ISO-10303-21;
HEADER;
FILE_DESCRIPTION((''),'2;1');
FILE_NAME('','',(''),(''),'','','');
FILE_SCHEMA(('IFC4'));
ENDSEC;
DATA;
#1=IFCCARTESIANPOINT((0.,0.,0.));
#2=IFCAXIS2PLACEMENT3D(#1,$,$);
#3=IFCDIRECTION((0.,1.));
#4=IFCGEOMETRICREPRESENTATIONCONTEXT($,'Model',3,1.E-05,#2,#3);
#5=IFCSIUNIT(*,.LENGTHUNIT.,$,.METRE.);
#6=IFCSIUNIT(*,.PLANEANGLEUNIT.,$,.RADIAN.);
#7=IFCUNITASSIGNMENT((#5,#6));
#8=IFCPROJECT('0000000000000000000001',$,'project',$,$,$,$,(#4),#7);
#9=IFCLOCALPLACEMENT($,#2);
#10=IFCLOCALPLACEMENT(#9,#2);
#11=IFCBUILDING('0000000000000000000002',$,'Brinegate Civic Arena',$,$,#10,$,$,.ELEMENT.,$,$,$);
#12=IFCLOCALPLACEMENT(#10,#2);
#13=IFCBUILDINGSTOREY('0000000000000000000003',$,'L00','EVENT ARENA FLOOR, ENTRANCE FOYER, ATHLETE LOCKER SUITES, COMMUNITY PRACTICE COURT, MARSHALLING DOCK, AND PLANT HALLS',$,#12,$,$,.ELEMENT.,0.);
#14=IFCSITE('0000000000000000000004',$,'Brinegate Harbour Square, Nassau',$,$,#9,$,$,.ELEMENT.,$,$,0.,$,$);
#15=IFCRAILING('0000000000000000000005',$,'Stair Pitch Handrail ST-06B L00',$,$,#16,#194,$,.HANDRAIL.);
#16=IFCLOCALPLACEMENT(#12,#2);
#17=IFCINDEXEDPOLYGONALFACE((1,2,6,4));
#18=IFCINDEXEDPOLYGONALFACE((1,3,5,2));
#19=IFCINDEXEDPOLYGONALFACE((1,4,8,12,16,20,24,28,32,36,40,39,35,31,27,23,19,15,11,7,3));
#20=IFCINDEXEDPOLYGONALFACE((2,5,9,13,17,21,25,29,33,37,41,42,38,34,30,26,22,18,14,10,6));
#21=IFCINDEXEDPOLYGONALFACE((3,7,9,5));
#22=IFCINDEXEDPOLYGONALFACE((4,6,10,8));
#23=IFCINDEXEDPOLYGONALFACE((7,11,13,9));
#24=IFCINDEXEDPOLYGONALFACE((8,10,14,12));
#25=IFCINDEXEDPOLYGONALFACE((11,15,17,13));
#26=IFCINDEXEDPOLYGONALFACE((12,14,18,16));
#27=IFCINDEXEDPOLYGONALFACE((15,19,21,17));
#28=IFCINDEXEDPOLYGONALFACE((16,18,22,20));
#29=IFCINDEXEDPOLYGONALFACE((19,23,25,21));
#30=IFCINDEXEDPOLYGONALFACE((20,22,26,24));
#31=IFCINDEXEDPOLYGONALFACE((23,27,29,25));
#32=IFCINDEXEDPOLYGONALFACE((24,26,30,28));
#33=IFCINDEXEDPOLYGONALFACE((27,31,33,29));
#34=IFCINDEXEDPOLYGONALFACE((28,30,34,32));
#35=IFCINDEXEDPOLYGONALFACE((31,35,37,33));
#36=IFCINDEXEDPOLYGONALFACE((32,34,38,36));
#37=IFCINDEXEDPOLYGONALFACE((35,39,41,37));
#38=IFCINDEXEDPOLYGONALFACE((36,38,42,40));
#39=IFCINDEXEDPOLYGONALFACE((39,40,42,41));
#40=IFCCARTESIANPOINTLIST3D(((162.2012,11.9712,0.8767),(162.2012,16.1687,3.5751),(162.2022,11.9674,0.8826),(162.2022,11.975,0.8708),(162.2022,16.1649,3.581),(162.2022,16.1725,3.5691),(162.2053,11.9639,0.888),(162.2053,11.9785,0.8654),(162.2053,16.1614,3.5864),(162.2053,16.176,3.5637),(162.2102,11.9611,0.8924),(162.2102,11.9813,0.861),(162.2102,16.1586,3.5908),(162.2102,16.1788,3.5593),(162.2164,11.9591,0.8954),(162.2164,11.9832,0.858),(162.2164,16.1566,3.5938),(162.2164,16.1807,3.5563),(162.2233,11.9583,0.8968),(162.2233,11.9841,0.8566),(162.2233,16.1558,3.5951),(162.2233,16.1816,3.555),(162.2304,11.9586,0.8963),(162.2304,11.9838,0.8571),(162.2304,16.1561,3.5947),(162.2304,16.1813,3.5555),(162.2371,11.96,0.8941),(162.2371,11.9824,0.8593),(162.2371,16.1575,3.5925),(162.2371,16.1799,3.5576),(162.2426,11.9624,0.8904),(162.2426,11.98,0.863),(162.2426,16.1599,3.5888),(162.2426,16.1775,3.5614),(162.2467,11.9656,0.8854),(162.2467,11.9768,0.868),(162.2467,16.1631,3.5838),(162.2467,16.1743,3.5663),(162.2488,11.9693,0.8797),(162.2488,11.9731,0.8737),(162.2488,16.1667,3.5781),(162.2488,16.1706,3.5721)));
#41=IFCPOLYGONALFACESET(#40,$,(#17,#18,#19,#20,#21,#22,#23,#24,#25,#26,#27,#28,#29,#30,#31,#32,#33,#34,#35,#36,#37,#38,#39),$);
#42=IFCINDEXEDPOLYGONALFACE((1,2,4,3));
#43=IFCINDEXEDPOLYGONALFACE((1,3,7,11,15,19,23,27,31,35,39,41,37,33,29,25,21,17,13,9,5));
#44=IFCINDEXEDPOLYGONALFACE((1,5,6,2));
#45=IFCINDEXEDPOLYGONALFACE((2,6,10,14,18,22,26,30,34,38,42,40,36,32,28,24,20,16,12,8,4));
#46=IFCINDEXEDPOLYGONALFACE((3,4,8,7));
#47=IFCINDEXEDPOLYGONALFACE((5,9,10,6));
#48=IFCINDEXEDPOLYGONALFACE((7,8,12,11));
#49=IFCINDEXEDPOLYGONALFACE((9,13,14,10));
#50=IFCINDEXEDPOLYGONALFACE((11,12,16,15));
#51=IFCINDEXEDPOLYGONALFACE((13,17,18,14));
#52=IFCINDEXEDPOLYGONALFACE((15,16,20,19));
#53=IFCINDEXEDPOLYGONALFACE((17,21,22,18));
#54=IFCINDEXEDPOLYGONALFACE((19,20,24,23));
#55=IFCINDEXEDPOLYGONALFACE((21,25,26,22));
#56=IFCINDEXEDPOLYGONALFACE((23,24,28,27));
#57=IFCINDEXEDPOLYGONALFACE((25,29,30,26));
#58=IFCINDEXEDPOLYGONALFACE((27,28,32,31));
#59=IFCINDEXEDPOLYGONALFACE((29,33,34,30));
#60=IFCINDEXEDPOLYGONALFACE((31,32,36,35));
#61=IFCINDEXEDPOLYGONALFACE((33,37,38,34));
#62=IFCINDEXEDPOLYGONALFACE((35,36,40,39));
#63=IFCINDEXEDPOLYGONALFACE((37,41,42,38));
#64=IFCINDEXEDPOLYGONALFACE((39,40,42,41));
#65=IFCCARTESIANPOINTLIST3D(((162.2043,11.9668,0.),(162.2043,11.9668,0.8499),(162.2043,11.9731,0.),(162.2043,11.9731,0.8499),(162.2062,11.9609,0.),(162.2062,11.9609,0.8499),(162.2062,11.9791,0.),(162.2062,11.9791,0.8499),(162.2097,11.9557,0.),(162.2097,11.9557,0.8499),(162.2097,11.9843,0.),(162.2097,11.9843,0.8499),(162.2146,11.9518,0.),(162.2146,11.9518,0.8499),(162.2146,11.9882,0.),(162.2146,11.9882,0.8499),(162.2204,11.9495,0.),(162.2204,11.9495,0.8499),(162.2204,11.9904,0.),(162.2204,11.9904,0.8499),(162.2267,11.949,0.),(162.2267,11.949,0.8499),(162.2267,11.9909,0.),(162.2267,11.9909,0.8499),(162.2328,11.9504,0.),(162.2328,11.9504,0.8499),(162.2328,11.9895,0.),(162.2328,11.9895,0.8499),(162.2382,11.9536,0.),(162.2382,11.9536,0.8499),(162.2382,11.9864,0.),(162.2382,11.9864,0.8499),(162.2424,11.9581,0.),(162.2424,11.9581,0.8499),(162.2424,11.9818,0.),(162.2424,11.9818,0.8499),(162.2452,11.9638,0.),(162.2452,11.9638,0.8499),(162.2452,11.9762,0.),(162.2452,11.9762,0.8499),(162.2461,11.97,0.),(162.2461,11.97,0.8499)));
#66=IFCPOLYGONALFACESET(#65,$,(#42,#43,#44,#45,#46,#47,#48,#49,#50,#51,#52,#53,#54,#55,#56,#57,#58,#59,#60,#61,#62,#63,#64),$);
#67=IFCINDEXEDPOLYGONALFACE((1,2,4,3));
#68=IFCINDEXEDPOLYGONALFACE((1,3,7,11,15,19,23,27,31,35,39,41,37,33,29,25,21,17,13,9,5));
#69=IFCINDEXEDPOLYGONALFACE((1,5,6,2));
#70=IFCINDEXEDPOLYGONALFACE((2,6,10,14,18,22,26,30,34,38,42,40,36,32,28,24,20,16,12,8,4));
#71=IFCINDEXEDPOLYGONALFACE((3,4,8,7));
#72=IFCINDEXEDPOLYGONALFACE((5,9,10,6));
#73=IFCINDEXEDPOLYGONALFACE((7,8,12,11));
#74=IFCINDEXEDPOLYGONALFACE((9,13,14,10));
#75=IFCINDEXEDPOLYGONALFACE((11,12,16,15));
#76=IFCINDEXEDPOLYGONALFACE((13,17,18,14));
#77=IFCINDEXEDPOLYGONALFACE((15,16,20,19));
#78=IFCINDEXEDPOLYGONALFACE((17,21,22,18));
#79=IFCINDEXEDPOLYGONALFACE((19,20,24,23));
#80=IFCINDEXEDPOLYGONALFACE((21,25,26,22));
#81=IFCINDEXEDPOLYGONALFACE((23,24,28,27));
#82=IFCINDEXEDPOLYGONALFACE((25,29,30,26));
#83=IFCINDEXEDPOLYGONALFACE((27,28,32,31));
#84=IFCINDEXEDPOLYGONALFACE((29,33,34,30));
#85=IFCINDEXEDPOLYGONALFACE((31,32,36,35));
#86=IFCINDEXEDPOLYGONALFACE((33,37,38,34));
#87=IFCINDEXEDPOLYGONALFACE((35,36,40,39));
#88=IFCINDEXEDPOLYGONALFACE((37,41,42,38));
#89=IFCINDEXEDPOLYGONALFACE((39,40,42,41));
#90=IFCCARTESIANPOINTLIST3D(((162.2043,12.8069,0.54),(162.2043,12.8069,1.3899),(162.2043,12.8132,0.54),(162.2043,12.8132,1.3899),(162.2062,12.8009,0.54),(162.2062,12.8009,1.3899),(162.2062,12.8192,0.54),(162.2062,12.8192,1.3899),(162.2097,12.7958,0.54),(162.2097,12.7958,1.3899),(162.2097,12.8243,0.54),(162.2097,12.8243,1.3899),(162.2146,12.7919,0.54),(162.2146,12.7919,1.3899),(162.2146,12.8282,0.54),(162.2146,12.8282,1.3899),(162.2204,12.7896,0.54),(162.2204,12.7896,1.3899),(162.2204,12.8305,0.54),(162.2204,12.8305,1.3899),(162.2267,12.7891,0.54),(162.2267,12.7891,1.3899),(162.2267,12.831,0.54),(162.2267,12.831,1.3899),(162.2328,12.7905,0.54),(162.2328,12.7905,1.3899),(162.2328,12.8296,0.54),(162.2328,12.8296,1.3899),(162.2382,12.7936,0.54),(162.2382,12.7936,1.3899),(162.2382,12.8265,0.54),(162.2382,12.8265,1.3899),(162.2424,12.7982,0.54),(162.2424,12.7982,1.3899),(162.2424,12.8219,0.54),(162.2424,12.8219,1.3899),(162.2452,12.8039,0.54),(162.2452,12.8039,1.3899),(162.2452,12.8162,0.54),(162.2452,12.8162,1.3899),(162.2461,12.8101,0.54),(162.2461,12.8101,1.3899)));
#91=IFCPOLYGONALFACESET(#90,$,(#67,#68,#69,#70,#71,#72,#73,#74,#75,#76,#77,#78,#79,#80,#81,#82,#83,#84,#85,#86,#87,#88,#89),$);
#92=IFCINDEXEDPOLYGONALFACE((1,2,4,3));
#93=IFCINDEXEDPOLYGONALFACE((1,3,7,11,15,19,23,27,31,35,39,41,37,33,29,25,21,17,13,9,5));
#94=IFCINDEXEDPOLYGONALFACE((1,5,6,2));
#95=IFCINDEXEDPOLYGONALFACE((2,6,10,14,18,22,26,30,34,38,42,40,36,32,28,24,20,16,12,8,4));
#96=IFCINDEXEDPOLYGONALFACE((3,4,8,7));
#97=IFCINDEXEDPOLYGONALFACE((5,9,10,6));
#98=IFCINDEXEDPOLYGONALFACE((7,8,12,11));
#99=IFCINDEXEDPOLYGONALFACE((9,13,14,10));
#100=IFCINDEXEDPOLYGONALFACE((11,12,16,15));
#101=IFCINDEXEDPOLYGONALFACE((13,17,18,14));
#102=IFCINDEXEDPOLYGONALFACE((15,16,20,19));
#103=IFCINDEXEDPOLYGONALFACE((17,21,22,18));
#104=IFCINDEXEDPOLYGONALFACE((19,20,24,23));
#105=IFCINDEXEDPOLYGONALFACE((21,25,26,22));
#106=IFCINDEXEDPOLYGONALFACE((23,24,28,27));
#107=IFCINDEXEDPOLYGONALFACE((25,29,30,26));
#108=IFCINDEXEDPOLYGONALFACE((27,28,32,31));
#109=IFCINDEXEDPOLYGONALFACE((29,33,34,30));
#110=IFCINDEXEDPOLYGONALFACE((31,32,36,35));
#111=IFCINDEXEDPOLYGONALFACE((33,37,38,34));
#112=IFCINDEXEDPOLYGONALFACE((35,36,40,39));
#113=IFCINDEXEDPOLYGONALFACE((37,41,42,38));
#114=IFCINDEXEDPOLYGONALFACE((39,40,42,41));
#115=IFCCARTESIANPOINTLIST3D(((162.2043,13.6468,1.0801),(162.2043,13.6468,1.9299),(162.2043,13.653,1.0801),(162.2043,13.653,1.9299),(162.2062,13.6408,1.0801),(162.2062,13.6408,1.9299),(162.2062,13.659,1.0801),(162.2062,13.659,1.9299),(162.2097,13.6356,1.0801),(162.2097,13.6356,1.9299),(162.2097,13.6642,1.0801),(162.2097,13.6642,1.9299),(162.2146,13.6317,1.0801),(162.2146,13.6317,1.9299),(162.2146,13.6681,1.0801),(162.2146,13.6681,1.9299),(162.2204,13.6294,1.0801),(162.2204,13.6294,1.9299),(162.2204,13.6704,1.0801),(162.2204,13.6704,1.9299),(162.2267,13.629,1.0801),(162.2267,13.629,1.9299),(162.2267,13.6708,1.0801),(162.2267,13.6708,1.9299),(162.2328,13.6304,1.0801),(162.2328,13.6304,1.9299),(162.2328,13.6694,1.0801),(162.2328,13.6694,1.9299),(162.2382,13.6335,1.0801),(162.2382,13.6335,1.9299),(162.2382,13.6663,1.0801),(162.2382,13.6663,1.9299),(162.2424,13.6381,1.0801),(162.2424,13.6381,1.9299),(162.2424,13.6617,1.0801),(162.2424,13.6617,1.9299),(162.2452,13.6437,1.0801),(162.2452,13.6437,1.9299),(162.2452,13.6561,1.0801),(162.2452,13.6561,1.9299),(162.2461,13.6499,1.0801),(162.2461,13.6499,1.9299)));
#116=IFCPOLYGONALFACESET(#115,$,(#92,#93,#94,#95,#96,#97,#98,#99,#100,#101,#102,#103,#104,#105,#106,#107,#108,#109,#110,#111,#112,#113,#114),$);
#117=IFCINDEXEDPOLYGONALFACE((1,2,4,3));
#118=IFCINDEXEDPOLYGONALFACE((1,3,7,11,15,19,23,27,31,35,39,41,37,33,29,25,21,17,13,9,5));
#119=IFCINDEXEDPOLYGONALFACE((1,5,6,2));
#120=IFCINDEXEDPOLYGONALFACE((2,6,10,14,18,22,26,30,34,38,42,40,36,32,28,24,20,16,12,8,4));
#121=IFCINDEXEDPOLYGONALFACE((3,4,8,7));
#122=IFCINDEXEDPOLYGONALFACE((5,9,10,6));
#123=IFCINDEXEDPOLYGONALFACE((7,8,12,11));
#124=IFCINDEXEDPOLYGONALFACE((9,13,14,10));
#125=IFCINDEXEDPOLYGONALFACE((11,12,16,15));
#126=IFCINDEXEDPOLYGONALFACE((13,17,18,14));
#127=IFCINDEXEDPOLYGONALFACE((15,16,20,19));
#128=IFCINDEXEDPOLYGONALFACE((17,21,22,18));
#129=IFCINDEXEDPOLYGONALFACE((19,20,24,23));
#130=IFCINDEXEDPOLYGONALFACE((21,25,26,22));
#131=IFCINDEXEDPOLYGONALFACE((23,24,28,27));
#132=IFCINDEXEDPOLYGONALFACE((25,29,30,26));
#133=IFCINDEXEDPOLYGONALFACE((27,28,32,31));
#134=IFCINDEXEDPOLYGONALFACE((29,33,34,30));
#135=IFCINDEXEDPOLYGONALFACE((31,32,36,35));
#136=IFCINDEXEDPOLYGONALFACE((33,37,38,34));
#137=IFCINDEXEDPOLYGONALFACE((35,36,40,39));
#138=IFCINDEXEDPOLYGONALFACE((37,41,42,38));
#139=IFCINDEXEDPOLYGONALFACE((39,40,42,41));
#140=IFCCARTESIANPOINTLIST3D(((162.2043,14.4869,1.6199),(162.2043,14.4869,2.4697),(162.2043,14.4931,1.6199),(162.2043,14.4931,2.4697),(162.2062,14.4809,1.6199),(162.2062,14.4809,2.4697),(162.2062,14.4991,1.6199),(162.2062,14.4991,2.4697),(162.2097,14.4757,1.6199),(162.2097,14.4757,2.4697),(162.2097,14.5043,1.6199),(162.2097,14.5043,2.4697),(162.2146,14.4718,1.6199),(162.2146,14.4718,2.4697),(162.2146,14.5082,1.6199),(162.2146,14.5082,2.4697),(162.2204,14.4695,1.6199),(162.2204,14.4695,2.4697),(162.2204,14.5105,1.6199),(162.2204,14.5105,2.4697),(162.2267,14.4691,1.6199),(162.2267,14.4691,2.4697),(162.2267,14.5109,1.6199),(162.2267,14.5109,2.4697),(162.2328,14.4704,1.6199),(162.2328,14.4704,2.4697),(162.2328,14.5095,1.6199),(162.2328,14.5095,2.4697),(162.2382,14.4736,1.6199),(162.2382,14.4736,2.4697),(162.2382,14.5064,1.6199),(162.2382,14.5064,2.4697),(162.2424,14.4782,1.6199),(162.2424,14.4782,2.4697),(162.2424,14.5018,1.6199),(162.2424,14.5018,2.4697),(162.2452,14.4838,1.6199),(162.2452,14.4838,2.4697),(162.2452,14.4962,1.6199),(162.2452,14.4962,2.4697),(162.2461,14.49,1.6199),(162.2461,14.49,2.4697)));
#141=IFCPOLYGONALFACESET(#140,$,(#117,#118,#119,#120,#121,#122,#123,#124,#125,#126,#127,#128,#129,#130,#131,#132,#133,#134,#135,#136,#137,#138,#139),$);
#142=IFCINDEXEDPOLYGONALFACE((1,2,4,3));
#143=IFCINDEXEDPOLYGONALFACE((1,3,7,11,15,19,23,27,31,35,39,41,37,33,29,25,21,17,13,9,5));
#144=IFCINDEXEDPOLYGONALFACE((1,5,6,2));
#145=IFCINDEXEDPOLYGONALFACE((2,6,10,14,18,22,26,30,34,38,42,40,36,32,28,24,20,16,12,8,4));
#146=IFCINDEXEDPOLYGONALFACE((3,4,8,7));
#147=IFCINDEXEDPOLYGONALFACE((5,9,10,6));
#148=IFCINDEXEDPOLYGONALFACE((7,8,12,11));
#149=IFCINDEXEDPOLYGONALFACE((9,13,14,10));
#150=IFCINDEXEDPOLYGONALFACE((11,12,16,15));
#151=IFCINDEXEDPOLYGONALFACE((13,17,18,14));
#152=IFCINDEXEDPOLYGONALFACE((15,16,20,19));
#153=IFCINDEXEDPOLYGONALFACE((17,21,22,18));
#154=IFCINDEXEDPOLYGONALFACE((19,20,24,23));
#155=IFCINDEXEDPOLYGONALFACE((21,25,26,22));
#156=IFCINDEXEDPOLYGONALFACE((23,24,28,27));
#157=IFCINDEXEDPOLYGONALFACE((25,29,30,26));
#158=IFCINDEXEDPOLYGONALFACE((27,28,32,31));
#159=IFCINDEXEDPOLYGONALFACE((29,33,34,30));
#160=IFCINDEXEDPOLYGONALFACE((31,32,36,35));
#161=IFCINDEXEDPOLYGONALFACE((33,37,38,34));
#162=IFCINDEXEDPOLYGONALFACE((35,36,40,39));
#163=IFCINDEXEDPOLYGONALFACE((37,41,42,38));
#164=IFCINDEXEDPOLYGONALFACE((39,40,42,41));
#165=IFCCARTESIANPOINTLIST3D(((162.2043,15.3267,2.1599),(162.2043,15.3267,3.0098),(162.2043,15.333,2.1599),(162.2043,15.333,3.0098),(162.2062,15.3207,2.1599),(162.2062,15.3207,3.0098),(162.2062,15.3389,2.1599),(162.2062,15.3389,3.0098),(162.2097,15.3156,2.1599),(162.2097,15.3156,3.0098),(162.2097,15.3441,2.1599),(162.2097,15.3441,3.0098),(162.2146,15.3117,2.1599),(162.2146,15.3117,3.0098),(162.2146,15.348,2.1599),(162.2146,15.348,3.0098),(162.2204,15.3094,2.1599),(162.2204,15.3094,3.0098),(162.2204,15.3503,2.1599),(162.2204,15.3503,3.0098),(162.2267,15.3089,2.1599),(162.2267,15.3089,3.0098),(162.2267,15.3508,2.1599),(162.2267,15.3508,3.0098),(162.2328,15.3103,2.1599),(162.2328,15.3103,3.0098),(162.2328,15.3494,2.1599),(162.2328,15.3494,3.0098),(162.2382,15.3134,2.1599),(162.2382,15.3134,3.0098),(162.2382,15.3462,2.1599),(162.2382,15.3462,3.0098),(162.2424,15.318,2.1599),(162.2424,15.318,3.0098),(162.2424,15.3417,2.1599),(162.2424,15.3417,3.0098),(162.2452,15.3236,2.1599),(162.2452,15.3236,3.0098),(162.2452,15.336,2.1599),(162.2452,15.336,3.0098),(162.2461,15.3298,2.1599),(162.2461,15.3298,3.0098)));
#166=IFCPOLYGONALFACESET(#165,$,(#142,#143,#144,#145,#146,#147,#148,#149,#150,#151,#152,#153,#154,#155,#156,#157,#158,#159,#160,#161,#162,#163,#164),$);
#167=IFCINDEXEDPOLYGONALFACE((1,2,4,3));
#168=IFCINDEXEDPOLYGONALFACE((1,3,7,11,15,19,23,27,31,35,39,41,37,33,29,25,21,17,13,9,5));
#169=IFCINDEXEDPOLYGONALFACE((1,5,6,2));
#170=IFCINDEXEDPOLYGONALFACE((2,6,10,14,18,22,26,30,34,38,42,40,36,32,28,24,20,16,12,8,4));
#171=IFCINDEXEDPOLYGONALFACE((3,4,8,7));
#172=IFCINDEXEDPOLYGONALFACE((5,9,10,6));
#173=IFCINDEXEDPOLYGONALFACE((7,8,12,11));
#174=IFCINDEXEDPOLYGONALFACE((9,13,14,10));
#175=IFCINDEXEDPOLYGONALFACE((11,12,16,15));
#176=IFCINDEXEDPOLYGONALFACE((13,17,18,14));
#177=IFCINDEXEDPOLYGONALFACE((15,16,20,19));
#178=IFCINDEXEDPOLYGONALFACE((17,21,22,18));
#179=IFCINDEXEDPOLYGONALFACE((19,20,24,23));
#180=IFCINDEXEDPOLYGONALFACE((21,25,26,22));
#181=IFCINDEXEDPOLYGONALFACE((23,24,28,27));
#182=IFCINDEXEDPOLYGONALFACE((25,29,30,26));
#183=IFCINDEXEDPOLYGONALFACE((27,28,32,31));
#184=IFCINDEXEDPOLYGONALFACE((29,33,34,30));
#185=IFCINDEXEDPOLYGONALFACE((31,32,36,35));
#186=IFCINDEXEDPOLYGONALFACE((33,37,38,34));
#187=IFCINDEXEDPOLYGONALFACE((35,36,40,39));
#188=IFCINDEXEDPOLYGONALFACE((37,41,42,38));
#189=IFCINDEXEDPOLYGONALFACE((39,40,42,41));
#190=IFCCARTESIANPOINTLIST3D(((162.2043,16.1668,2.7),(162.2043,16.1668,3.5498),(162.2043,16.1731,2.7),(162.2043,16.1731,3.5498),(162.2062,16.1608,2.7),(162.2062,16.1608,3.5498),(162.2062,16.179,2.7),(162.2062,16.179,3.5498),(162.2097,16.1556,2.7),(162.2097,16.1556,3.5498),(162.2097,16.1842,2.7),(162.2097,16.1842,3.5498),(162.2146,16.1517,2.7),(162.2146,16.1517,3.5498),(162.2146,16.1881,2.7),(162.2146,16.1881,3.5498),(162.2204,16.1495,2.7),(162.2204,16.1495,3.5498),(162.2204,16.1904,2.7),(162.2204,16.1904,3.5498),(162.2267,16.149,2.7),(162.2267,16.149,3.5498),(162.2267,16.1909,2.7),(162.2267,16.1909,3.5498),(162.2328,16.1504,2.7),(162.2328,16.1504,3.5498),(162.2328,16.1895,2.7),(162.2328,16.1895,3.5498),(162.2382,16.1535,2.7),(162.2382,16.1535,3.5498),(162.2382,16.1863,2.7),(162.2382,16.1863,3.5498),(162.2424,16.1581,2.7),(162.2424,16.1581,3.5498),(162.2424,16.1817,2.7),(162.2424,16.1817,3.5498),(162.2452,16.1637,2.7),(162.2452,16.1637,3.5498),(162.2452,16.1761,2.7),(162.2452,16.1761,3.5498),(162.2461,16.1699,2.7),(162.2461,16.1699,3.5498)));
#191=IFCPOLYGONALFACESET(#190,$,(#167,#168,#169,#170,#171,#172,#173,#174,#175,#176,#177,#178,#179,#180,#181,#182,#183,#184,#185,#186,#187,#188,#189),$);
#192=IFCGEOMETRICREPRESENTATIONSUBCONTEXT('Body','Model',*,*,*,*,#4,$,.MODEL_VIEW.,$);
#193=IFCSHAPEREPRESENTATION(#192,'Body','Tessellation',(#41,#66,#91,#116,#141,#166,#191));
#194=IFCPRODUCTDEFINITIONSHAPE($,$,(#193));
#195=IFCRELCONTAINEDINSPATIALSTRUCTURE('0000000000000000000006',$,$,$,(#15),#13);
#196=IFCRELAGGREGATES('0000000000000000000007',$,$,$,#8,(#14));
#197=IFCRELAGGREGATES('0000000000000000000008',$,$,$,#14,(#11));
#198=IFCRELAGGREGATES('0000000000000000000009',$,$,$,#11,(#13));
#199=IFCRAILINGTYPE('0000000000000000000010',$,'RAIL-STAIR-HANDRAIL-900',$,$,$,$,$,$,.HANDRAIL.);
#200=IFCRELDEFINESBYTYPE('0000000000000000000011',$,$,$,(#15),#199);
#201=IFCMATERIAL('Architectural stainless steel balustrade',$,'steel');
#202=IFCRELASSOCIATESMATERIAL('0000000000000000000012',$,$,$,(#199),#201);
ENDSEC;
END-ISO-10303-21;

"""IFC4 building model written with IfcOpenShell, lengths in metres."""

from ifc_helpers import new_model, si_unit, direction, frame, origin, origin_2d, place, context, subcontext, project, spatial, circle, extrude, material, type_object, element, save


model = new_model("IFC4")

# Units and contexts
model_context = context("Model", 3, precision=1e-05, world=origin(), true_north=direction((0.0, 1.0)))
body_context = subcontext(model_context, "Body", "Model", "MODEL_VIEW")
ifc_project = project(units=[si_unit("LENGTHUNIT", "METRE"), si_unit("PLANEANGLEUNIT", "RADIAN")], contexts=[model_context])

# Site, building, storey
site_placement = place(None, origin())
site = spatial("IfcSite", under=ifc_project, at=site_placement, Name="Brinegate Harbour Square, Nassau", CompositionType="ELEMENT", RefElevation=0.0)
building_placement = place(site_placement, origin())
building = spatial("IfcBuilding", under=site, at=building_placement, Name="Brinegate Civic Arena", CompositionType="ELEMENT")
storey_placement = place(building_placement, origin())
storey = spatial("IfcBuildingStorey", under=building, at=storey_placement, Name="L00", Description="EVENT ARENA FLOOR, ENTRANCE FOYER, ATHLETE LOCKER SUITES, COMMUNITY PRACTICE COURT, MARSHALLING DOCK, AND PLANT HALLS", CompositionType="ELEMENT", Elevation=0.0)

# Railing
ifc_material_1 = material(Name="Architectural stainless steel balustrade", Category="steel")
railing_type = type_object("IfcRailingType", Name="RAIL-STAIR-HANDRAIL-900", PredefinedType="HANDRAIL", material=ifc_material_1)
for number, where, name in (
    (1, (162.2251, 11.97, 0.0), "Stair Pitch Handrail ST-06B L00"),
):
    element("IfcRailing", number, at=place(storey_placement, frame(where)), inside=storey, type_object=railing_type, Name=name, PredefinedType="HANDRAIL", context=body_context, shape_type="SweptSolid", body=[
        extrude(circle(Radius=0.0239, at=origin_2d()), frame((0.0, 0.0012, 0.8767), z_axis=(0.0, 0.84118, 0.540755), x_axis=(-1.0, 0.0, 0.0)), (0.0, 0.0, 1.0), 4.99),
        extrude(circle(Radius=0.021, at=origin_2d()), origin(), (0.0, 0.0, 1.0), 0.8499),
        extrude(circle(Radius=0.021, at=origin_2d()), frame((0.0, 0.8401, 0.54)), (0.0, 0.0, 1.0), 0.8499),
        extrude(circle(Radius=0.021, at=origin_2d()), frame((0.0, 1.6799, 1.0801)), (0.0, 0.0, 1.0), 0.8499),
        extrude(circle(Radius=0.021, at=origin_2d()), frame((0.0, 2.52, 1.6199)), (0.0, 0.0, 1.0), 0.8499),
        extrude(circle(Radius=0.021, at=origin_2d()), frame((0.0, 3.3599, 2.1599)), (0.0, 0.0, 1.0), 0.8499),
        extrude(circle(Radius=0.021, at=origin_2d()), frame((0.0, 4.2, 2.7)), (0.0, 0.0, 1.0), 0.8499),
    ])

save(model, "model.ifc")
